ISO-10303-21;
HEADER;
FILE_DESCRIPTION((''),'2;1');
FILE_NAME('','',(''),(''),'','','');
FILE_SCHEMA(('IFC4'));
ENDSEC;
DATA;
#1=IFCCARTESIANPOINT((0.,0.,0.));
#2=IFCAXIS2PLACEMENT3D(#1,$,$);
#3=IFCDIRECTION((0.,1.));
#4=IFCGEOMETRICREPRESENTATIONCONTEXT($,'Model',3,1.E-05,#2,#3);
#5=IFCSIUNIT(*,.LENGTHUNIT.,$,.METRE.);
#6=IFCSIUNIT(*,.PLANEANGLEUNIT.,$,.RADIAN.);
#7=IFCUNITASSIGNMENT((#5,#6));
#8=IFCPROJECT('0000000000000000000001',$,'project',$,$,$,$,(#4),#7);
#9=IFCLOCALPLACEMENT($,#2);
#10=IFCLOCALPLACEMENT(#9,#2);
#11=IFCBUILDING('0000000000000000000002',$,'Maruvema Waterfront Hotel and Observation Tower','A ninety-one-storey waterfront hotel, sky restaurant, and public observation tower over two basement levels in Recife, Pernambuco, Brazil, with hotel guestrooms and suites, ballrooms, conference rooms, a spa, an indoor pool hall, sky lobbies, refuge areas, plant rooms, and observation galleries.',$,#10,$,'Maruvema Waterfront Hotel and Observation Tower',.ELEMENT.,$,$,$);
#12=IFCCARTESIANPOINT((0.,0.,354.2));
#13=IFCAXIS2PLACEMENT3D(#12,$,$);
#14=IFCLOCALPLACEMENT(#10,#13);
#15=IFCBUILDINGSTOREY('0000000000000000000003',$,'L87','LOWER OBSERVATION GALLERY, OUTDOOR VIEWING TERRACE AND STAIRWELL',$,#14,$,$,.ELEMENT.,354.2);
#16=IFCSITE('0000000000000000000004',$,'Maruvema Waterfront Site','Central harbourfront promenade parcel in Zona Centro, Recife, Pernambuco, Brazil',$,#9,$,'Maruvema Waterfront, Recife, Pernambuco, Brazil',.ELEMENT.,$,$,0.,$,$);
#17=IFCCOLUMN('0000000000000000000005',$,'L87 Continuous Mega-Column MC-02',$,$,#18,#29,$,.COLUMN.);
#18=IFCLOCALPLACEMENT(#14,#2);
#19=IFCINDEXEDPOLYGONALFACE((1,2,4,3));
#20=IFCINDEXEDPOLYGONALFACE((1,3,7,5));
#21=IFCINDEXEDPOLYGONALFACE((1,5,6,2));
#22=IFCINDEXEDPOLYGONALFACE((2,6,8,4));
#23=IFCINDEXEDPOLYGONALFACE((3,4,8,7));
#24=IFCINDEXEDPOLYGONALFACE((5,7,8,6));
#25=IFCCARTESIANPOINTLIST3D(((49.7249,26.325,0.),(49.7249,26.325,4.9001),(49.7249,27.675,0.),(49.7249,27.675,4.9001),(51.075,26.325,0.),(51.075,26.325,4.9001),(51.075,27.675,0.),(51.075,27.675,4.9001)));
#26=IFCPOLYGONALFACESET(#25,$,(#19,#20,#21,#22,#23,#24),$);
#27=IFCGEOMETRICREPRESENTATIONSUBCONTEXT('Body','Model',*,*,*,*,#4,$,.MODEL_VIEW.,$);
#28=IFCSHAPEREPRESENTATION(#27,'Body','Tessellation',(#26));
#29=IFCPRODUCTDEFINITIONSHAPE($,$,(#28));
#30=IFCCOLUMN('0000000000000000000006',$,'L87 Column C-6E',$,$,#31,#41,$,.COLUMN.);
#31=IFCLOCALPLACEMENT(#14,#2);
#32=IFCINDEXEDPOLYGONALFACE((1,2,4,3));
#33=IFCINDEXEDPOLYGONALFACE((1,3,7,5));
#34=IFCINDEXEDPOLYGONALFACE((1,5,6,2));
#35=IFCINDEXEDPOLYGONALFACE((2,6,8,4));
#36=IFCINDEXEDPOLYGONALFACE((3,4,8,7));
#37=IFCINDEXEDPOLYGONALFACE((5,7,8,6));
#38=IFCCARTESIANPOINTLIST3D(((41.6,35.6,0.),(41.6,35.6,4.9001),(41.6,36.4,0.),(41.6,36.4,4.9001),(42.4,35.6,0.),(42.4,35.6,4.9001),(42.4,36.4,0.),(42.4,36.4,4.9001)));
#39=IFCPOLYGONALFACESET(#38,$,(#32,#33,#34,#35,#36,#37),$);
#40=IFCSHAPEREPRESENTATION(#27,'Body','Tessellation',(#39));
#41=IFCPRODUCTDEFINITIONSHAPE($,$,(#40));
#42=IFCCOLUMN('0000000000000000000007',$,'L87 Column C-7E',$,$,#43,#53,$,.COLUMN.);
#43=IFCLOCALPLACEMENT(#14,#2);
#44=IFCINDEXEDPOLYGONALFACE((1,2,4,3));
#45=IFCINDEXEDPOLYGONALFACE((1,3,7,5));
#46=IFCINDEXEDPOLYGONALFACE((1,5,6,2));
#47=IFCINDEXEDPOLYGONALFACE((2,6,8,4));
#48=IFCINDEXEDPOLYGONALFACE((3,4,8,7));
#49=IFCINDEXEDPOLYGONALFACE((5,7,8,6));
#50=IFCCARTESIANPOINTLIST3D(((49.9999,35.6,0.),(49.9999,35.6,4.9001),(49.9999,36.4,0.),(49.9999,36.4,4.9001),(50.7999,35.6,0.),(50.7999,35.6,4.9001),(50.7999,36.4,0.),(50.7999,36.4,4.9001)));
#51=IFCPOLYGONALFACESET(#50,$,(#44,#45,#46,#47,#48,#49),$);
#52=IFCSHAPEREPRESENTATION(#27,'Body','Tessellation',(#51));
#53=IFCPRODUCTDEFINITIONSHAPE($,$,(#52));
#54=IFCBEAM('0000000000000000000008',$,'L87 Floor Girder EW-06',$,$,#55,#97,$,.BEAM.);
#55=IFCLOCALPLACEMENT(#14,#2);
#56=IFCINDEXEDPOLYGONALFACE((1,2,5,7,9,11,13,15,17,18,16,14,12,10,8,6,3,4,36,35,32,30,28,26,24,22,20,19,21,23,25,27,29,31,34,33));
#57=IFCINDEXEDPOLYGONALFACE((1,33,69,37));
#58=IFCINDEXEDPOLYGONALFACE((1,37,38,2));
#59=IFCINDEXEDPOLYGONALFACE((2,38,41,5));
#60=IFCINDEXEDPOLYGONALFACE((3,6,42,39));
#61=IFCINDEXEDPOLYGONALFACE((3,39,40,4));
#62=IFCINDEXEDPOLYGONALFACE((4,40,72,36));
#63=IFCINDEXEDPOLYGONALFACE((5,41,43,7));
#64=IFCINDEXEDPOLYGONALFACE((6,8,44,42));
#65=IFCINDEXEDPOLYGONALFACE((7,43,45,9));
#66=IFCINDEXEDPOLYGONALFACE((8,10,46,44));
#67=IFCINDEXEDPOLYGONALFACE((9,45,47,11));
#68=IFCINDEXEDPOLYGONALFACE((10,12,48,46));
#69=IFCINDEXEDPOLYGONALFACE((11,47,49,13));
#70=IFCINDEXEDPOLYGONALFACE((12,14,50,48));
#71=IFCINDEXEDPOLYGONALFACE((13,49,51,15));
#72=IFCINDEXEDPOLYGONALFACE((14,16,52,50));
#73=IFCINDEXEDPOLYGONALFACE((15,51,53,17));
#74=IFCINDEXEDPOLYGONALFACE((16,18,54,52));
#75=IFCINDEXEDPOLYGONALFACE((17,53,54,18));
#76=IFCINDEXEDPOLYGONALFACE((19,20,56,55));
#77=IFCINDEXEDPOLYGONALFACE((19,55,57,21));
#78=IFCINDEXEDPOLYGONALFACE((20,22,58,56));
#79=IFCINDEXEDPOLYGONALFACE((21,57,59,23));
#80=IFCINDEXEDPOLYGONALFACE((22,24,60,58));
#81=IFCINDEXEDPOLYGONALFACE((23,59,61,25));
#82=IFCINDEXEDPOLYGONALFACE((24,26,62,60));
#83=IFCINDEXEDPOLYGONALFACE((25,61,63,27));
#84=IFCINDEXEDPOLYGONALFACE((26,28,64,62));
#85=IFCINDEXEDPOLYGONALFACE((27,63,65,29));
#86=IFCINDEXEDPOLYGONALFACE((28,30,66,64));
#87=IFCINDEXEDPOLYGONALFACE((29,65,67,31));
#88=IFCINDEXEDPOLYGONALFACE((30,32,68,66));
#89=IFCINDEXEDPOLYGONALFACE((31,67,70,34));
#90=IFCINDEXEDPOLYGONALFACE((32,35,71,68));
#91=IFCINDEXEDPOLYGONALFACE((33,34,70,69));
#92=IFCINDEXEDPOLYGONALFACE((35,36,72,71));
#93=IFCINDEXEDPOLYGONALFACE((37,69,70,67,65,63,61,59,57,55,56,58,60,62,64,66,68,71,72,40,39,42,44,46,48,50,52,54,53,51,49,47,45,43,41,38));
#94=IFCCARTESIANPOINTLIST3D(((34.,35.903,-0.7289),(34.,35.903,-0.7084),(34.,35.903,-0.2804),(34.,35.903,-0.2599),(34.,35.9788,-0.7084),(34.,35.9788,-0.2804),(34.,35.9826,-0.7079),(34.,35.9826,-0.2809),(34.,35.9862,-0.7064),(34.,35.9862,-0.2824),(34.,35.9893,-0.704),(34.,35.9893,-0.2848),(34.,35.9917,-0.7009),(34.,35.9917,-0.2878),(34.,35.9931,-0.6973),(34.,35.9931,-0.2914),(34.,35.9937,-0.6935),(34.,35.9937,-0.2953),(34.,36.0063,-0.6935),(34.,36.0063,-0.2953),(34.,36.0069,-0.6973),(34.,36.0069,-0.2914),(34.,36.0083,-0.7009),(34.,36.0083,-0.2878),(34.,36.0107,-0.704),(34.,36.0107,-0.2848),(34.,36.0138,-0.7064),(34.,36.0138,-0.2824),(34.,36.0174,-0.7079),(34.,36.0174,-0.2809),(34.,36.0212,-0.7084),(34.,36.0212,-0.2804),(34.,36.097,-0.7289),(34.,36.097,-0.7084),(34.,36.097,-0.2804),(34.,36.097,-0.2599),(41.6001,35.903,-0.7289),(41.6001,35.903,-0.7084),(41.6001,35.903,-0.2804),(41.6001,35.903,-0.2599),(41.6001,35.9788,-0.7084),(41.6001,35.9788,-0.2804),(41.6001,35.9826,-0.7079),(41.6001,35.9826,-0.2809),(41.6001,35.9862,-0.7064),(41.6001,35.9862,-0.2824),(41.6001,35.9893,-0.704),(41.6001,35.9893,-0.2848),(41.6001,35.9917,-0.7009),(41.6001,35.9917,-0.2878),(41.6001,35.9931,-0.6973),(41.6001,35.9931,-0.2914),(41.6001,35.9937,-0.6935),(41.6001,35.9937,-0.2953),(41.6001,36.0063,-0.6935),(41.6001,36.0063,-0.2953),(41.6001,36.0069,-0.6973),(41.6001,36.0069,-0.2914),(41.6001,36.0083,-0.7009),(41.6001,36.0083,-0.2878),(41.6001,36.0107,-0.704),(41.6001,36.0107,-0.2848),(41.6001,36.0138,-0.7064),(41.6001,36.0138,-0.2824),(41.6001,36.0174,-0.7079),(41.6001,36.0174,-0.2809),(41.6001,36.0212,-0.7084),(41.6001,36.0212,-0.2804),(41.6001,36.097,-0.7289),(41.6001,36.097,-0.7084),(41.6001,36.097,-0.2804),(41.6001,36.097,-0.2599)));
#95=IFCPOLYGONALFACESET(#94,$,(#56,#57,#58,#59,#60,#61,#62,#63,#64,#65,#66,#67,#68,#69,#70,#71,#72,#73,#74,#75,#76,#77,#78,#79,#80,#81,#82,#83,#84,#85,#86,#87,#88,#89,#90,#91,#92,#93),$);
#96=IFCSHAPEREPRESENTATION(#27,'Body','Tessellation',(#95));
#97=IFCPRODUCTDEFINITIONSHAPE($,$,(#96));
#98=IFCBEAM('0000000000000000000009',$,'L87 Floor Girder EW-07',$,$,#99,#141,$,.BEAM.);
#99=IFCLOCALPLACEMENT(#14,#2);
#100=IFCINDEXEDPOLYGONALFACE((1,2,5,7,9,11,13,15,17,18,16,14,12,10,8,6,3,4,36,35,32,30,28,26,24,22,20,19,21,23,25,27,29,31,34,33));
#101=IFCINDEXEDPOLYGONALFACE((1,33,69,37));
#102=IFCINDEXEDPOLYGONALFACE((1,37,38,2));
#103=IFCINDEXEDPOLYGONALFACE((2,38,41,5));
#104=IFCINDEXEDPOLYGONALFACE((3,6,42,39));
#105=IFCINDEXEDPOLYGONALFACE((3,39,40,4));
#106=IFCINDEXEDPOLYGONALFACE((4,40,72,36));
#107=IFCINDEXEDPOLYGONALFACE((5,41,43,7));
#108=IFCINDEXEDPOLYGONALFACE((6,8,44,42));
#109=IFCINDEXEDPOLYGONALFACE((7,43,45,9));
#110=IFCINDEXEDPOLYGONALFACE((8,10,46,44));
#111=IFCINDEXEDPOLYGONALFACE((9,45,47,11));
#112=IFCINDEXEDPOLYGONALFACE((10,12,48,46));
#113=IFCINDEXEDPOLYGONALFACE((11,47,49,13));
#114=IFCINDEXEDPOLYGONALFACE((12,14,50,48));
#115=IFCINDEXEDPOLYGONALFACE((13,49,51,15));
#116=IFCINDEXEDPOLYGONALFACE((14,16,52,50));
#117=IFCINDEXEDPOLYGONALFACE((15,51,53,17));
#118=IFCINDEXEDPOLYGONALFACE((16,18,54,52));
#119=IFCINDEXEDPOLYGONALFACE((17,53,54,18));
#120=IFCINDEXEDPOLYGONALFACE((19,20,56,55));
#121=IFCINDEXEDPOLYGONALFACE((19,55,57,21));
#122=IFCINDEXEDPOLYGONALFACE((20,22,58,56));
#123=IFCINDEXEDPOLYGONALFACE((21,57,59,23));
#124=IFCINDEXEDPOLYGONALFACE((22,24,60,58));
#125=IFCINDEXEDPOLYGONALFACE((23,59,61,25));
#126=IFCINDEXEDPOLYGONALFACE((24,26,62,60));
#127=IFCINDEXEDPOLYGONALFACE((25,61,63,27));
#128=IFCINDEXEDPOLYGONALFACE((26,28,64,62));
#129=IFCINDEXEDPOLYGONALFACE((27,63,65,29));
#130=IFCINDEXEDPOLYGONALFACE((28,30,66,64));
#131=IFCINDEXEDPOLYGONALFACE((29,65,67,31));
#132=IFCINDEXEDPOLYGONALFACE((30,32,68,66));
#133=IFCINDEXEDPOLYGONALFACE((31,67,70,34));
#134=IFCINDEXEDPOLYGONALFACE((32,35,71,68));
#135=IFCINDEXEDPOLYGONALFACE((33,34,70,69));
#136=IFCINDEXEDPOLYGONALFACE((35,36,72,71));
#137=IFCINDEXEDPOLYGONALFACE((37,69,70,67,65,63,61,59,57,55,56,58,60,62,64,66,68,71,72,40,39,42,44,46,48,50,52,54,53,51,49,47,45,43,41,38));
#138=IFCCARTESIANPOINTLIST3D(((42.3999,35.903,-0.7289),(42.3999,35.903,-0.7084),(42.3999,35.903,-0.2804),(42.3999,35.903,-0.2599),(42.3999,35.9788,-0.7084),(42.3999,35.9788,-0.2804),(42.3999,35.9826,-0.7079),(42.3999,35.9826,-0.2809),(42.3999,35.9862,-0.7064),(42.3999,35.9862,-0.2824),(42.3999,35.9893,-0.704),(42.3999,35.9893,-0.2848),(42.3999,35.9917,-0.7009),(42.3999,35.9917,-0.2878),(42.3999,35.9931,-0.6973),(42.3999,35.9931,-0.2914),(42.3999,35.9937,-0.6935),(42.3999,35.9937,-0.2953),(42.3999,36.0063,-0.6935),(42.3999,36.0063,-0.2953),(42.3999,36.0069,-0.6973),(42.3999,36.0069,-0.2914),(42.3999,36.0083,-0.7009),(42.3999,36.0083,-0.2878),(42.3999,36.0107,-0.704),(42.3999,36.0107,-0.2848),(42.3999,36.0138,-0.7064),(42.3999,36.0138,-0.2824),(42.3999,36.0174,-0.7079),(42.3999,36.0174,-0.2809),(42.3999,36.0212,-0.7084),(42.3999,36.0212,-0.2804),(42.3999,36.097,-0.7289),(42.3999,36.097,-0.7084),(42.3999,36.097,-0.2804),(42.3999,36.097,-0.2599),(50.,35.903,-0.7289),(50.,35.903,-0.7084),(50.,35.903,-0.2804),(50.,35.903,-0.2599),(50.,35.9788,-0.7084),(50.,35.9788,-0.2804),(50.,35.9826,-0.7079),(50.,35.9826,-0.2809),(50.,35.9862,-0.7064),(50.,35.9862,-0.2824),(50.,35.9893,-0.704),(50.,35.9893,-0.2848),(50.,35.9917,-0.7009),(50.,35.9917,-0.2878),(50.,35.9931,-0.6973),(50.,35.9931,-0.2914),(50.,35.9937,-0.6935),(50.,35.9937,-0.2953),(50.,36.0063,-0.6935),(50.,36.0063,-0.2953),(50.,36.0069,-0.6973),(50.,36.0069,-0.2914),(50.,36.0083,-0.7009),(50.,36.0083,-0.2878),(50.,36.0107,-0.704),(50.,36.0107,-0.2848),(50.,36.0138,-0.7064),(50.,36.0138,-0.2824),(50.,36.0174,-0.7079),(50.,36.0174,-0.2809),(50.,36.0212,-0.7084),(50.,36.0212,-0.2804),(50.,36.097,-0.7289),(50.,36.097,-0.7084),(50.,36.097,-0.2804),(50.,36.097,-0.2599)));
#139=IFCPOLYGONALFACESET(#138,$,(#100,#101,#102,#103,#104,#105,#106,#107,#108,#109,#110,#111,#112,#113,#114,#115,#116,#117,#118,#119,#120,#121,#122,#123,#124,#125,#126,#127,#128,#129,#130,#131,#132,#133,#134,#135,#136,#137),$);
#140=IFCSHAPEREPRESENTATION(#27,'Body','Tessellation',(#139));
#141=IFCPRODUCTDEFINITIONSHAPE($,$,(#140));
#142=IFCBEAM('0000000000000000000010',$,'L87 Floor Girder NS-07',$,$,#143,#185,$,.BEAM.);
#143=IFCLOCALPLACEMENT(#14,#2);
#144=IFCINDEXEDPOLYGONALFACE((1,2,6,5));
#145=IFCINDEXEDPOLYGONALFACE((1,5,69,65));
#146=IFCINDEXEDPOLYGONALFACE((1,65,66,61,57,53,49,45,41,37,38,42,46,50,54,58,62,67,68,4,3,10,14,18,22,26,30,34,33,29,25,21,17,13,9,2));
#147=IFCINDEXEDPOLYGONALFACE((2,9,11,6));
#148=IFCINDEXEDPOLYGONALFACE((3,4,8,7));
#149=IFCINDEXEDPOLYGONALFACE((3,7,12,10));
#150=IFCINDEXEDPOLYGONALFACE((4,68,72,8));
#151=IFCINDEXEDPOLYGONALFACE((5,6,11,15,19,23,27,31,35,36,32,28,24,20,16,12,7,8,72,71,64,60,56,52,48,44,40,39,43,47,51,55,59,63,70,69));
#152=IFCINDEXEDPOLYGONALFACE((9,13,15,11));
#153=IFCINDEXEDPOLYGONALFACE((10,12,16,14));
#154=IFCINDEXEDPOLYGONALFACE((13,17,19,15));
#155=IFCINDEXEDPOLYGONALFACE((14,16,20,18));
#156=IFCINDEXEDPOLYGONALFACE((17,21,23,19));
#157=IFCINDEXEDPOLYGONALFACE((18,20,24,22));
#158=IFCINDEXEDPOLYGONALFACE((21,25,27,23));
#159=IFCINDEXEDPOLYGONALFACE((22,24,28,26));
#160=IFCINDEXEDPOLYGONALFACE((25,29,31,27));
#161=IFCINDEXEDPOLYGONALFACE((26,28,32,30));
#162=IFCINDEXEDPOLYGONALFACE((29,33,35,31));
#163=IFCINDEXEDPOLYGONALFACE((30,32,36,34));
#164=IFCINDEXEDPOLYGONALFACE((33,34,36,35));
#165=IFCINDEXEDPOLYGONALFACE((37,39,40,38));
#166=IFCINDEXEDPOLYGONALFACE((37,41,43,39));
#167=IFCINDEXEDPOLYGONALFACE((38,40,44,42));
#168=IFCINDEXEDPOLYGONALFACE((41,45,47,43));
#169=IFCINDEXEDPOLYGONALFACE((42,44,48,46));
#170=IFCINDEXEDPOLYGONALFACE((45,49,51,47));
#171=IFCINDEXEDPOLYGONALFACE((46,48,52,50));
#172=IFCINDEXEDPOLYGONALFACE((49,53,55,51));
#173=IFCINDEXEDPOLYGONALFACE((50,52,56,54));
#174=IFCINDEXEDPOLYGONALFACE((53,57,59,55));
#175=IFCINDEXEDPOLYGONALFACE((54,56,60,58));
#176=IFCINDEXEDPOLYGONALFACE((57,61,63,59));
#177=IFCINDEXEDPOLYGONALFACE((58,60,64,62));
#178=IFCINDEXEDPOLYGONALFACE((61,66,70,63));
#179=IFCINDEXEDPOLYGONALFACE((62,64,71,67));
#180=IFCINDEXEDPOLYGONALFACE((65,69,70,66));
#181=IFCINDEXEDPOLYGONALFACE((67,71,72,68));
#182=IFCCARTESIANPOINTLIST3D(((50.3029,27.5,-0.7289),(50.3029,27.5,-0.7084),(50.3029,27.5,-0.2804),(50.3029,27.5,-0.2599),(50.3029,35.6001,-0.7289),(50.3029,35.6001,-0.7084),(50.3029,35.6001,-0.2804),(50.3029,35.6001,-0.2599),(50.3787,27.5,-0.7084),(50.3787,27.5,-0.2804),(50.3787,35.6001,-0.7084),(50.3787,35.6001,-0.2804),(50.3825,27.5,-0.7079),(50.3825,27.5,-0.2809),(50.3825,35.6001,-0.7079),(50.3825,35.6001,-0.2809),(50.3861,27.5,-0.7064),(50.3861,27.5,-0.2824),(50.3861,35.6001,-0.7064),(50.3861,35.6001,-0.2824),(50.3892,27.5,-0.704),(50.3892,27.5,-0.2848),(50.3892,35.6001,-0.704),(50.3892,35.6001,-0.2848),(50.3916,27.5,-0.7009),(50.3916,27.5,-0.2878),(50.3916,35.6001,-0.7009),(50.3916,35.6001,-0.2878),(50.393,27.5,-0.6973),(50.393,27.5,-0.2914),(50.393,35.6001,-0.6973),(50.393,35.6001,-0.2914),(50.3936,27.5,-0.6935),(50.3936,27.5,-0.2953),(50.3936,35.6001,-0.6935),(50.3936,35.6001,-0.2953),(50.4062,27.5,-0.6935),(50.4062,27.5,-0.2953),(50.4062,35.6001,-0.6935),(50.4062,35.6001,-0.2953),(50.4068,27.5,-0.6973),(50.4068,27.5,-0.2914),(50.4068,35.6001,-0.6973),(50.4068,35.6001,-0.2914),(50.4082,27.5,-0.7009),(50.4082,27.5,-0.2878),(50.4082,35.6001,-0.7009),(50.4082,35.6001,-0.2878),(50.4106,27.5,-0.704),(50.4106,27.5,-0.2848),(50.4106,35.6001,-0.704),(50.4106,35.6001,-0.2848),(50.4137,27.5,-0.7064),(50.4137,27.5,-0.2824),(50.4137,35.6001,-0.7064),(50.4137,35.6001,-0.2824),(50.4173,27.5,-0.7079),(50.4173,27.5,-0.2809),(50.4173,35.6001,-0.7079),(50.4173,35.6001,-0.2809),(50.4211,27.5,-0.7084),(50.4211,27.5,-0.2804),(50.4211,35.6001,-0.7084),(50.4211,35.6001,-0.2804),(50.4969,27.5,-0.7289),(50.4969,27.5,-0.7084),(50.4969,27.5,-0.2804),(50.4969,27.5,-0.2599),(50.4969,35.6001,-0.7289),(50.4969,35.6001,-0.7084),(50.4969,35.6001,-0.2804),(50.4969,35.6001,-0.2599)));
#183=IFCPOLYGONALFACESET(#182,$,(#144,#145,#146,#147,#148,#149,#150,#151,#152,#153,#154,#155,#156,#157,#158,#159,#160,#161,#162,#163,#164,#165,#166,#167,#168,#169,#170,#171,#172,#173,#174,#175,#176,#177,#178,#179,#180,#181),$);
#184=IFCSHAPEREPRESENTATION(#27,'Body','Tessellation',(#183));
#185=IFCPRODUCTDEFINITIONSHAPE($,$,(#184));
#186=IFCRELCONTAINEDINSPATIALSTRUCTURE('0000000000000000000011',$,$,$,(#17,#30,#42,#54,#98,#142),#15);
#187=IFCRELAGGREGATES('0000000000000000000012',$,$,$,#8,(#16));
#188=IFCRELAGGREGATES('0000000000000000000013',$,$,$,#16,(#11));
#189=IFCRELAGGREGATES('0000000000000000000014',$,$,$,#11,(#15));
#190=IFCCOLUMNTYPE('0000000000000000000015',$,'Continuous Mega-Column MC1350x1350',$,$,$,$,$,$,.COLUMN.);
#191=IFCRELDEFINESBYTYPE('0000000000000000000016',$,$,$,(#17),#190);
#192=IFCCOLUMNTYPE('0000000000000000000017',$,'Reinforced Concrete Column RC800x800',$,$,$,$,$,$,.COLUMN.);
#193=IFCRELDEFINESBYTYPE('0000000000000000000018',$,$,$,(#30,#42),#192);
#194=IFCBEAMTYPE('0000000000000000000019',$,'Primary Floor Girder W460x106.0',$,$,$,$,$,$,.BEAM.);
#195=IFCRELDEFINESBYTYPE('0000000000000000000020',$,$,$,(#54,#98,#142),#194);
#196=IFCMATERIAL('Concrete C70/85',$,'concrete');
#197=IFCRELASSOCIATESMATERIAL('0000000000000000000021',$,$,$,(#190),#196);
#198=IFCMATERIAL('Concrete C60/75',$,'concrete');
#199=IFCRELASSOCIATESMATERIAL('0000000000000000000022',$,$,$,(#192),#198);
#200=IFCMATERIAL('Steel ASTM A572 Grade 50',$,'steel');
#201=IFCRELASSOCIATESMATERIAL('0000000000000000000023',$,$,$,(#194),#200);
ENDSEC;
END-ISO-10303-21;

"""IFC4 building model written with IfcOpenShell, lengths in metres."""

from ifc_helpers import new_model, si_unit, direction, frame, origin, origin_2d, place, context, subcontext, project, spatial, rectangle, i_section, extrude, material, material_profile, profile_set, type_object, element, save


model = new_model("IFC4")

# Units and contexts
model_context = context("Model", 3, precision=1e-05, world=origin(), true_north=direction((0.0, 1.0)))
body_context = subcontext(model_context, "Body", "Model", "MODEL_VIEW")
ifc_project = project(units=[si_unit("LENGTHUNIT", "METRE"), si_unit("PLANEANGLEUNIT", "RADIAN")], contexts=[model_context])

# Site, building, storey
site_placement = place(None, origin())
site = spatial("IfcSite", under=ifc_project, at=site_placement, Name="Maruvema Waterfront Site", Description="Central harbourfront promenade parcel in Zona Centro, Recife, Pernambuco, Brazil", LongName="Maruvema Waterfront, Recife, Pernambuco, Brazil", CompositionType="ELEMENT", RefElevation=0.0)
building_placement = place(site_placement, origin())
building = spatial("IfcBuilding", under=site, at=building_placement, Name="Maruvema Waterfront Hotel and Observation Tower", Description="A ninety-one-storey waterfront hotel, sky restaurant, and public observation tower over two basement levels in Recife, Pernambuco, Brazil, with hotel guestrooms and suites, ballrooms, conference rooms, a spa, an indoor pool hall, sky lobbies, refuge areas, plant rooms, and observation galleries.", LongName="Maruvema Waterfront Hotel and Observation Tower", CompositionType="ELEMENT")
storey_placement = place(building_placement, frame((0.0, 0.0, 354.2)))
storey = spatial("IfcBuildingStorey", under=building, at=storey_placement, Name="L87", Description="LOWER OBSERVATION GALLERY, OUTDOOR VIEWING TERRACE AND STAIRWELL", CompositionType="ELEMENT", Elevation=354.2)

# Columns
ifc_material_1 = material(Name="Concrete C70/85", Category="concrete")
ifc_material_profile_1 = material_profile(ifc_material_1, rectangle(XDim=1.3501, YDim=1.3501, at=origin_2d()), Name="MC1350x1350")
ifc_profile_set_1 = profile_set([ifc_material_profile_1], Name="Concrete C70/85")
column_type_1 = type_object("IfcColumnType", Name="Continuous Mega-Column MC1350x1350", PredefinedType="COLUMN", material=ifc_profile_set_1)
column_placement = place(storey_placement, frame((50.3999, 27.0, 0.0), z_axis=(0.0, 0.0, 1.0), x_axis=(1.0, 0.0, 0.0)))
element("IfcColumn", 1, at=column_placement, inside=storey, type_object=column_type_1, Name="L87 Continuous Mega-Column MC-02", PredefinedType="COLUMN", context=body_context, shape_type="SweptSolid", body=[
    extrude(rectangle(XDim=1.3501, YDim=1.3501, at=origin_2d()), origin(), (0.0, 0.0, 1.0), 4.9001),
])
ifc_material_2 = material(Name="Concrete C60/75", Category="concrete")
ifc_material_profile_2 = material_profile(ifc_material_2, rectangle(XDim=0.8, YDim=0.8, at=origin_2d()), Name="RC800x800")
ifc_profile_set_2 = profile_set([ifc_material_profile_2], Name="Concrete C60/75")
column_type_2 = type_object("IfcColumnType", Name="Reinforced Concrete Column RC800x800", PredefinedType="COLUMN", material=ifc_profile_set_2)
for number, where, z_axis, x_axis, name in (
    (2, (42.0, 36.0, 0.0), (0.0, 0.0, 1.0), (1.0, 0.0, 0.0), "L87 Column C-6E"),
    (3, (50.3999, 36.0, 0.0), (0.0, 0.0, 1.0), (1.0, 0.0, 0.0), "L87 Column C-7E"),
):
    element("IfcColumn", number, at=place(storey_placement, frame(where, z_axis=z_axis, x_axis=x_axis)), inside=storey, type_object=column_type_2, Name=name, PredefinedType="COLUMN", context=body_context, shape_type="SweptSolid", body=[
        extrude(rectangle(XDim=0.8, YDim=0.8, at=origin_2d()), origin(), (0.0, 0.0, 1.0), 4.9001),
    ])

# Beams
ifc_material_3 = material(Name="Steel ASTM A572 Grade 50", Category="steel")
ifc_material_profile_3 = material_profile(ifc_material_3, i_section(OverallWidth=0.1941, OverallDepth=0.469, WebThickness=0.0127, FlangeThickness=0.0205, FilletRadius=0.0149, at=origin_2d()), Name="W460x106.0")
ifc_profile_set_3 = profile_set([ifc_material_profile_3], Name="Steel ASTM A572 Grade 50")
beam_type_1 = type_object("IfcBeamType", Name="Primary Floor Girder W460x106.0", PredefinedType="BEAM", material=ifc_profile_set_3)
for number, where, z_axis, x_axis, name in (
    (4, (34.0, 36.0, -0.4944), (1.0, 0.0, 0.0), (0.0, 1.0, 0.0), "L87 Floor Girder EW-06"),
    (5, (42.3999, 36.0, -0.4944), (1.0, 0.0, 0.0), (0.0, 1.0, 0.0), "L87 Floor Girder EW-07"),
):
    element("IfcBeam", number, at=place(storey_placement, frame(where, z_axis=z_axis, x_axis=x_axis)), inside=storey, type_object=beam_type_1, Name=name, PredefinedType="BEAM", context=body_context, shape_type="SweptSolid", body=[
        extrude(i_section(OverallWidth=0.1941, OverallDepth=0.469, WebThickness=0.0127, FlangeThickness=0.0205, FilletRadius=0.0149, at=origin_2d()), origin(), (0.0, 0.0, 1.0), 7.6001),
    ])
for number, where, z_axis, x_axis, name in (
    (6, (50.3999, 27.5, -0.4944), (0.0, 1.0, 0.0), (-1.0, 0.0, 0.0), "L87 Floor Girder NS-07"),
):
    element("IfcBeam", number, at=place(storey_placement, frame(where, z_axis=z_axis, x_axis=x_axis)), inside=storey, type_object=beam_type_1, Name=name, PredefinedType="BEAM", context=body_context, shape_type="SweptSolid", body=[
        extrude(i_section(OverallWidth=0.1941, OverallDepth=0.469, WebThickness=0.0127, FlangeThickness=0.0205, FilletRadius=0.0149, at=origin_2d()), origin(), (0.0, 0.0, 1.0), 8.1001),
    ])

save(model, "model.ifc")
